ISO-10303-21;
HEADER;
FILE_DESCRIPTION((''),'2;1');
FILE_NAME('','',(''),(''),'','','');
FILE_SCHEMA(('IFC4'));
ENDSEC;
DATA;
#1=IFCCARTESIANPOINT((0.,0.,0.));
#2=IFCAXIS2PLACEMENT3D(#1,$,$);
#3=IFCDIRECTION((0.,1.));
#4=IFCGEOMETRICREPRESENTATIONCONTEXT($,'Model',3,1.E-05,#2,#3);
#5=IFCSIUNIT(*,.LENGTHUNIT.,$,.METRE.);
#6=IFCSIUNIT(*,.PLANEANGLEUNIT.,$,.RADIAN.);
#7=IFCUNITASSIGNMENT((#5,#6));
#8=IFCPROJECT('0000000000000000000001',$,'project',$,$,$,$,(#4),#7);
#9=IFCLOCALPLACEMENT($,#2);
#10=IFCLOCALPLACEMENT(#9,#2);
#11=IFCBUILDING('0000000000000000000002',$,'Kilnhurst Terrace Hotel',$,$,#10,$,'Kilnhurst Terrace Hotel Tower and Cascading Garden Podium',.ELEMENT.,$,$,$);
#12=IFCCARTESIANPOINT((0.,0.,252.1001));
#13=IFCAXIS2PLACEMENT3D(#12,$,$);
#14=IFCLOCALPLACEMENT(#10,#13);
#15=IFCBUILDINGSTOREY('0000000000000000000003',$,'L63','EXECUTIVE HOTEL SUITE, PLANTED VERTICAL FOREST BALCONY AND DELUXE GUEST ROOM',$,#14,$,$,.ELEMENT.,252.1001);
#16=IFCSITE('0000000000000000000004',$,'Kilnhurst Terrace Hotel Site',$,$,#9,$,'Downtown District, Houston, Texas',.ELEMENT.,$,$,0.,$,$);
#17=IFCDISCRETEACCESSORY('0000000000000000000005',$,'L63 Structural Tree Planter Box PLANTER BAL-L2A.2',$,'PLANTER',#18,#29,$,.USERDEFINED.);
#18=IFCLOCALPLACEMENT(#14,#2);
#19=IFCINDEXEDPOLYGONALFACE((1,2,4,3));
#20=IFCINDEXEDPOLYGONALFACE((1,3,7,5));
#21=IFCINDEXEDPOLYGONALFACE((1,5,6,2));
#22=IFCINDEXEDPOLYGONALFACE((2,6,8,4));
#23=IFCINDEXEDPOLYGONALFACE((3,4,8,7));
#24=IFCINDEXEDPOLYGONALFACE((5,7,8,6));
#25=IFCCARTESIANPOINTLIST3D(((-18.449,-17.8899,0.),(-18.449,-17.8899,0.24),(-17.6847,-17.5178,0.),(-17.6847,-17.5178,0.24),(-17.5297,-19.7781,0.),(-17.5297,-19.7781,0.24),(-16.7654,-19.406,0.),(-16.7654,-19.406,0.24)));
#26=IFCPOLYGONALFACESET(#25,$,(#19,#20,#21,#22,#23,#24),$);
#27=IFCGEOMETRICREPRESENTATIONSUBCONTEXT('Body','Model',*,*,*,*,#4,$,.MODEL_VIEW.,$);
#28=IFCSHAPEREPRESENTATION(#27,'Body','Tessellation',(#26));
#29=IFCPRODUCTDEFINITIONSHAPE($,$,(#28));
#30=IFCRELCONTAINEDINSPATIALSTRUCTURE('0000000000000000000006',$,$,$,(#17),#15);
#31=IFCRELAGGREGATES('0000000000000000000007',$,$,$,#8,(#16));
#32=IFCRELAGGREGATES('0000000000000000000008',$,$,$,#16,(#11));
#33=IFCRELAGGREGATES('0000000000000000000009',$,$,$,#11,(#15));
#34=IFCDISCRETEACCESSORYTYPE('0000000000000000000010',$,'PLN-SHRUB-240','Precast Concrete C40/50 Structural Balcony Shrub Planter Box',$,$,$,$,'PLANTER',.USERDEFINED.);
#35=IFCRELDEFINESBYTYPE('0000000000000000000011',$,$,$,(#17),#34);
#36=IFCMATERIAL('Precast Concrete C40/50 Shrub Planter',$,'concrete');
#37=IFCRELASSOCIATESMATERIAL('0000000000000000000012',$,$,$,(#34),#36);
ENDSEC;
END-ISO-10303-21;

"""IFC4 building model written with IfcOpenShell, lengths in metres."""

from ifc_helpers import new_model, si_unit, direction, frame, origin, origin_2d, place, context, subcontext, project, spatial, rectangle, extrude, material, type_object, element, save


model = new_model("IFC4")

# Units and contexts
model_context = context("Model", 3, precision=1e-05, world=origin(), true_north=direction((0.0, 1.0)))
body_context = subcontext(model_context, "Body", "Model", "MODEL_VIEW")
ifc_project = project(units=[si_unit("LENGTHUNIT", "METRE"), si_unit("PLANEANGLEUNIT", "RADIAN")], contexts=[model_context])

# Site, building, storey
site_placement = place(None, origin())
site = spatial("IfcSite", under=ifc_project, at=site_placement, Name="Kilnhurst Terrace Hotel Site", LongName="Downtown District, Houston, Texas", CompositionType="ELEMENT", RefElevation=0.0)
building_placement = place(site_placement, origin())
building = spatial("IfcBuilding", under=site, at=building_placement, Name="Kilnhurst Terrace Hotel", LongName="Kilnhurst Terrace Hotel Tower and Cascading Garden Podium", CompositionType="ELEMENT")
storey_placement = place(building_placement, frame((0.0, 0.0, 252.1001)))
storey = spatial("IfcBuildingStorey", under=building, at=storey_placement, Name="L63", Description="EXECUTIVE HOTEL SUITE, PLANTED VERTICAL FOREST BALCONY AND DELUXE GUEST ROOM", CompositionType="ELEMENT", Elevation=252.1001)

# Discrete accessory
ifc_material_1 = material(Name="Precast Concrete C40/50 Shrub Planter", Category="concrete")
discrete_accessory_type = type_object("IfcDiscreteAccessoryType", Name="PLN-SHRUB-240", Description="Precast Concrete C40/50 Structural Balcony Shrub Planter Box", ElementType="PLANTER", PredefinedType="USERDEFINED", material=ifc_material_1)
discrete_accessory_placement = place(storey_placement, frame((-17.6072, -18.6479, 0.0), z_axis=(0.0, 0.0, 1.0), x_axis=(0.437744, -0.8991, 0.0)))
element("IfcDiscreteAccessory", 1, at=discrete_accessory_placement, inside=storey, type_object=discrete_accessory_type, Name="L63 Structural Tree Planter Box PLANTER BAL-L2A.2", ObjectType="PLANTER", PredefinedType="USERDEFINED", context=body_context, shape_type="SweptSolid", body=[
    extrude(rectangle(XDim=2.1001, YDim=0.8501, at=origin_2d()), origin(), (0.0, 0.0, 1.0), 0.24),
])

save(model, "model.ifc")
